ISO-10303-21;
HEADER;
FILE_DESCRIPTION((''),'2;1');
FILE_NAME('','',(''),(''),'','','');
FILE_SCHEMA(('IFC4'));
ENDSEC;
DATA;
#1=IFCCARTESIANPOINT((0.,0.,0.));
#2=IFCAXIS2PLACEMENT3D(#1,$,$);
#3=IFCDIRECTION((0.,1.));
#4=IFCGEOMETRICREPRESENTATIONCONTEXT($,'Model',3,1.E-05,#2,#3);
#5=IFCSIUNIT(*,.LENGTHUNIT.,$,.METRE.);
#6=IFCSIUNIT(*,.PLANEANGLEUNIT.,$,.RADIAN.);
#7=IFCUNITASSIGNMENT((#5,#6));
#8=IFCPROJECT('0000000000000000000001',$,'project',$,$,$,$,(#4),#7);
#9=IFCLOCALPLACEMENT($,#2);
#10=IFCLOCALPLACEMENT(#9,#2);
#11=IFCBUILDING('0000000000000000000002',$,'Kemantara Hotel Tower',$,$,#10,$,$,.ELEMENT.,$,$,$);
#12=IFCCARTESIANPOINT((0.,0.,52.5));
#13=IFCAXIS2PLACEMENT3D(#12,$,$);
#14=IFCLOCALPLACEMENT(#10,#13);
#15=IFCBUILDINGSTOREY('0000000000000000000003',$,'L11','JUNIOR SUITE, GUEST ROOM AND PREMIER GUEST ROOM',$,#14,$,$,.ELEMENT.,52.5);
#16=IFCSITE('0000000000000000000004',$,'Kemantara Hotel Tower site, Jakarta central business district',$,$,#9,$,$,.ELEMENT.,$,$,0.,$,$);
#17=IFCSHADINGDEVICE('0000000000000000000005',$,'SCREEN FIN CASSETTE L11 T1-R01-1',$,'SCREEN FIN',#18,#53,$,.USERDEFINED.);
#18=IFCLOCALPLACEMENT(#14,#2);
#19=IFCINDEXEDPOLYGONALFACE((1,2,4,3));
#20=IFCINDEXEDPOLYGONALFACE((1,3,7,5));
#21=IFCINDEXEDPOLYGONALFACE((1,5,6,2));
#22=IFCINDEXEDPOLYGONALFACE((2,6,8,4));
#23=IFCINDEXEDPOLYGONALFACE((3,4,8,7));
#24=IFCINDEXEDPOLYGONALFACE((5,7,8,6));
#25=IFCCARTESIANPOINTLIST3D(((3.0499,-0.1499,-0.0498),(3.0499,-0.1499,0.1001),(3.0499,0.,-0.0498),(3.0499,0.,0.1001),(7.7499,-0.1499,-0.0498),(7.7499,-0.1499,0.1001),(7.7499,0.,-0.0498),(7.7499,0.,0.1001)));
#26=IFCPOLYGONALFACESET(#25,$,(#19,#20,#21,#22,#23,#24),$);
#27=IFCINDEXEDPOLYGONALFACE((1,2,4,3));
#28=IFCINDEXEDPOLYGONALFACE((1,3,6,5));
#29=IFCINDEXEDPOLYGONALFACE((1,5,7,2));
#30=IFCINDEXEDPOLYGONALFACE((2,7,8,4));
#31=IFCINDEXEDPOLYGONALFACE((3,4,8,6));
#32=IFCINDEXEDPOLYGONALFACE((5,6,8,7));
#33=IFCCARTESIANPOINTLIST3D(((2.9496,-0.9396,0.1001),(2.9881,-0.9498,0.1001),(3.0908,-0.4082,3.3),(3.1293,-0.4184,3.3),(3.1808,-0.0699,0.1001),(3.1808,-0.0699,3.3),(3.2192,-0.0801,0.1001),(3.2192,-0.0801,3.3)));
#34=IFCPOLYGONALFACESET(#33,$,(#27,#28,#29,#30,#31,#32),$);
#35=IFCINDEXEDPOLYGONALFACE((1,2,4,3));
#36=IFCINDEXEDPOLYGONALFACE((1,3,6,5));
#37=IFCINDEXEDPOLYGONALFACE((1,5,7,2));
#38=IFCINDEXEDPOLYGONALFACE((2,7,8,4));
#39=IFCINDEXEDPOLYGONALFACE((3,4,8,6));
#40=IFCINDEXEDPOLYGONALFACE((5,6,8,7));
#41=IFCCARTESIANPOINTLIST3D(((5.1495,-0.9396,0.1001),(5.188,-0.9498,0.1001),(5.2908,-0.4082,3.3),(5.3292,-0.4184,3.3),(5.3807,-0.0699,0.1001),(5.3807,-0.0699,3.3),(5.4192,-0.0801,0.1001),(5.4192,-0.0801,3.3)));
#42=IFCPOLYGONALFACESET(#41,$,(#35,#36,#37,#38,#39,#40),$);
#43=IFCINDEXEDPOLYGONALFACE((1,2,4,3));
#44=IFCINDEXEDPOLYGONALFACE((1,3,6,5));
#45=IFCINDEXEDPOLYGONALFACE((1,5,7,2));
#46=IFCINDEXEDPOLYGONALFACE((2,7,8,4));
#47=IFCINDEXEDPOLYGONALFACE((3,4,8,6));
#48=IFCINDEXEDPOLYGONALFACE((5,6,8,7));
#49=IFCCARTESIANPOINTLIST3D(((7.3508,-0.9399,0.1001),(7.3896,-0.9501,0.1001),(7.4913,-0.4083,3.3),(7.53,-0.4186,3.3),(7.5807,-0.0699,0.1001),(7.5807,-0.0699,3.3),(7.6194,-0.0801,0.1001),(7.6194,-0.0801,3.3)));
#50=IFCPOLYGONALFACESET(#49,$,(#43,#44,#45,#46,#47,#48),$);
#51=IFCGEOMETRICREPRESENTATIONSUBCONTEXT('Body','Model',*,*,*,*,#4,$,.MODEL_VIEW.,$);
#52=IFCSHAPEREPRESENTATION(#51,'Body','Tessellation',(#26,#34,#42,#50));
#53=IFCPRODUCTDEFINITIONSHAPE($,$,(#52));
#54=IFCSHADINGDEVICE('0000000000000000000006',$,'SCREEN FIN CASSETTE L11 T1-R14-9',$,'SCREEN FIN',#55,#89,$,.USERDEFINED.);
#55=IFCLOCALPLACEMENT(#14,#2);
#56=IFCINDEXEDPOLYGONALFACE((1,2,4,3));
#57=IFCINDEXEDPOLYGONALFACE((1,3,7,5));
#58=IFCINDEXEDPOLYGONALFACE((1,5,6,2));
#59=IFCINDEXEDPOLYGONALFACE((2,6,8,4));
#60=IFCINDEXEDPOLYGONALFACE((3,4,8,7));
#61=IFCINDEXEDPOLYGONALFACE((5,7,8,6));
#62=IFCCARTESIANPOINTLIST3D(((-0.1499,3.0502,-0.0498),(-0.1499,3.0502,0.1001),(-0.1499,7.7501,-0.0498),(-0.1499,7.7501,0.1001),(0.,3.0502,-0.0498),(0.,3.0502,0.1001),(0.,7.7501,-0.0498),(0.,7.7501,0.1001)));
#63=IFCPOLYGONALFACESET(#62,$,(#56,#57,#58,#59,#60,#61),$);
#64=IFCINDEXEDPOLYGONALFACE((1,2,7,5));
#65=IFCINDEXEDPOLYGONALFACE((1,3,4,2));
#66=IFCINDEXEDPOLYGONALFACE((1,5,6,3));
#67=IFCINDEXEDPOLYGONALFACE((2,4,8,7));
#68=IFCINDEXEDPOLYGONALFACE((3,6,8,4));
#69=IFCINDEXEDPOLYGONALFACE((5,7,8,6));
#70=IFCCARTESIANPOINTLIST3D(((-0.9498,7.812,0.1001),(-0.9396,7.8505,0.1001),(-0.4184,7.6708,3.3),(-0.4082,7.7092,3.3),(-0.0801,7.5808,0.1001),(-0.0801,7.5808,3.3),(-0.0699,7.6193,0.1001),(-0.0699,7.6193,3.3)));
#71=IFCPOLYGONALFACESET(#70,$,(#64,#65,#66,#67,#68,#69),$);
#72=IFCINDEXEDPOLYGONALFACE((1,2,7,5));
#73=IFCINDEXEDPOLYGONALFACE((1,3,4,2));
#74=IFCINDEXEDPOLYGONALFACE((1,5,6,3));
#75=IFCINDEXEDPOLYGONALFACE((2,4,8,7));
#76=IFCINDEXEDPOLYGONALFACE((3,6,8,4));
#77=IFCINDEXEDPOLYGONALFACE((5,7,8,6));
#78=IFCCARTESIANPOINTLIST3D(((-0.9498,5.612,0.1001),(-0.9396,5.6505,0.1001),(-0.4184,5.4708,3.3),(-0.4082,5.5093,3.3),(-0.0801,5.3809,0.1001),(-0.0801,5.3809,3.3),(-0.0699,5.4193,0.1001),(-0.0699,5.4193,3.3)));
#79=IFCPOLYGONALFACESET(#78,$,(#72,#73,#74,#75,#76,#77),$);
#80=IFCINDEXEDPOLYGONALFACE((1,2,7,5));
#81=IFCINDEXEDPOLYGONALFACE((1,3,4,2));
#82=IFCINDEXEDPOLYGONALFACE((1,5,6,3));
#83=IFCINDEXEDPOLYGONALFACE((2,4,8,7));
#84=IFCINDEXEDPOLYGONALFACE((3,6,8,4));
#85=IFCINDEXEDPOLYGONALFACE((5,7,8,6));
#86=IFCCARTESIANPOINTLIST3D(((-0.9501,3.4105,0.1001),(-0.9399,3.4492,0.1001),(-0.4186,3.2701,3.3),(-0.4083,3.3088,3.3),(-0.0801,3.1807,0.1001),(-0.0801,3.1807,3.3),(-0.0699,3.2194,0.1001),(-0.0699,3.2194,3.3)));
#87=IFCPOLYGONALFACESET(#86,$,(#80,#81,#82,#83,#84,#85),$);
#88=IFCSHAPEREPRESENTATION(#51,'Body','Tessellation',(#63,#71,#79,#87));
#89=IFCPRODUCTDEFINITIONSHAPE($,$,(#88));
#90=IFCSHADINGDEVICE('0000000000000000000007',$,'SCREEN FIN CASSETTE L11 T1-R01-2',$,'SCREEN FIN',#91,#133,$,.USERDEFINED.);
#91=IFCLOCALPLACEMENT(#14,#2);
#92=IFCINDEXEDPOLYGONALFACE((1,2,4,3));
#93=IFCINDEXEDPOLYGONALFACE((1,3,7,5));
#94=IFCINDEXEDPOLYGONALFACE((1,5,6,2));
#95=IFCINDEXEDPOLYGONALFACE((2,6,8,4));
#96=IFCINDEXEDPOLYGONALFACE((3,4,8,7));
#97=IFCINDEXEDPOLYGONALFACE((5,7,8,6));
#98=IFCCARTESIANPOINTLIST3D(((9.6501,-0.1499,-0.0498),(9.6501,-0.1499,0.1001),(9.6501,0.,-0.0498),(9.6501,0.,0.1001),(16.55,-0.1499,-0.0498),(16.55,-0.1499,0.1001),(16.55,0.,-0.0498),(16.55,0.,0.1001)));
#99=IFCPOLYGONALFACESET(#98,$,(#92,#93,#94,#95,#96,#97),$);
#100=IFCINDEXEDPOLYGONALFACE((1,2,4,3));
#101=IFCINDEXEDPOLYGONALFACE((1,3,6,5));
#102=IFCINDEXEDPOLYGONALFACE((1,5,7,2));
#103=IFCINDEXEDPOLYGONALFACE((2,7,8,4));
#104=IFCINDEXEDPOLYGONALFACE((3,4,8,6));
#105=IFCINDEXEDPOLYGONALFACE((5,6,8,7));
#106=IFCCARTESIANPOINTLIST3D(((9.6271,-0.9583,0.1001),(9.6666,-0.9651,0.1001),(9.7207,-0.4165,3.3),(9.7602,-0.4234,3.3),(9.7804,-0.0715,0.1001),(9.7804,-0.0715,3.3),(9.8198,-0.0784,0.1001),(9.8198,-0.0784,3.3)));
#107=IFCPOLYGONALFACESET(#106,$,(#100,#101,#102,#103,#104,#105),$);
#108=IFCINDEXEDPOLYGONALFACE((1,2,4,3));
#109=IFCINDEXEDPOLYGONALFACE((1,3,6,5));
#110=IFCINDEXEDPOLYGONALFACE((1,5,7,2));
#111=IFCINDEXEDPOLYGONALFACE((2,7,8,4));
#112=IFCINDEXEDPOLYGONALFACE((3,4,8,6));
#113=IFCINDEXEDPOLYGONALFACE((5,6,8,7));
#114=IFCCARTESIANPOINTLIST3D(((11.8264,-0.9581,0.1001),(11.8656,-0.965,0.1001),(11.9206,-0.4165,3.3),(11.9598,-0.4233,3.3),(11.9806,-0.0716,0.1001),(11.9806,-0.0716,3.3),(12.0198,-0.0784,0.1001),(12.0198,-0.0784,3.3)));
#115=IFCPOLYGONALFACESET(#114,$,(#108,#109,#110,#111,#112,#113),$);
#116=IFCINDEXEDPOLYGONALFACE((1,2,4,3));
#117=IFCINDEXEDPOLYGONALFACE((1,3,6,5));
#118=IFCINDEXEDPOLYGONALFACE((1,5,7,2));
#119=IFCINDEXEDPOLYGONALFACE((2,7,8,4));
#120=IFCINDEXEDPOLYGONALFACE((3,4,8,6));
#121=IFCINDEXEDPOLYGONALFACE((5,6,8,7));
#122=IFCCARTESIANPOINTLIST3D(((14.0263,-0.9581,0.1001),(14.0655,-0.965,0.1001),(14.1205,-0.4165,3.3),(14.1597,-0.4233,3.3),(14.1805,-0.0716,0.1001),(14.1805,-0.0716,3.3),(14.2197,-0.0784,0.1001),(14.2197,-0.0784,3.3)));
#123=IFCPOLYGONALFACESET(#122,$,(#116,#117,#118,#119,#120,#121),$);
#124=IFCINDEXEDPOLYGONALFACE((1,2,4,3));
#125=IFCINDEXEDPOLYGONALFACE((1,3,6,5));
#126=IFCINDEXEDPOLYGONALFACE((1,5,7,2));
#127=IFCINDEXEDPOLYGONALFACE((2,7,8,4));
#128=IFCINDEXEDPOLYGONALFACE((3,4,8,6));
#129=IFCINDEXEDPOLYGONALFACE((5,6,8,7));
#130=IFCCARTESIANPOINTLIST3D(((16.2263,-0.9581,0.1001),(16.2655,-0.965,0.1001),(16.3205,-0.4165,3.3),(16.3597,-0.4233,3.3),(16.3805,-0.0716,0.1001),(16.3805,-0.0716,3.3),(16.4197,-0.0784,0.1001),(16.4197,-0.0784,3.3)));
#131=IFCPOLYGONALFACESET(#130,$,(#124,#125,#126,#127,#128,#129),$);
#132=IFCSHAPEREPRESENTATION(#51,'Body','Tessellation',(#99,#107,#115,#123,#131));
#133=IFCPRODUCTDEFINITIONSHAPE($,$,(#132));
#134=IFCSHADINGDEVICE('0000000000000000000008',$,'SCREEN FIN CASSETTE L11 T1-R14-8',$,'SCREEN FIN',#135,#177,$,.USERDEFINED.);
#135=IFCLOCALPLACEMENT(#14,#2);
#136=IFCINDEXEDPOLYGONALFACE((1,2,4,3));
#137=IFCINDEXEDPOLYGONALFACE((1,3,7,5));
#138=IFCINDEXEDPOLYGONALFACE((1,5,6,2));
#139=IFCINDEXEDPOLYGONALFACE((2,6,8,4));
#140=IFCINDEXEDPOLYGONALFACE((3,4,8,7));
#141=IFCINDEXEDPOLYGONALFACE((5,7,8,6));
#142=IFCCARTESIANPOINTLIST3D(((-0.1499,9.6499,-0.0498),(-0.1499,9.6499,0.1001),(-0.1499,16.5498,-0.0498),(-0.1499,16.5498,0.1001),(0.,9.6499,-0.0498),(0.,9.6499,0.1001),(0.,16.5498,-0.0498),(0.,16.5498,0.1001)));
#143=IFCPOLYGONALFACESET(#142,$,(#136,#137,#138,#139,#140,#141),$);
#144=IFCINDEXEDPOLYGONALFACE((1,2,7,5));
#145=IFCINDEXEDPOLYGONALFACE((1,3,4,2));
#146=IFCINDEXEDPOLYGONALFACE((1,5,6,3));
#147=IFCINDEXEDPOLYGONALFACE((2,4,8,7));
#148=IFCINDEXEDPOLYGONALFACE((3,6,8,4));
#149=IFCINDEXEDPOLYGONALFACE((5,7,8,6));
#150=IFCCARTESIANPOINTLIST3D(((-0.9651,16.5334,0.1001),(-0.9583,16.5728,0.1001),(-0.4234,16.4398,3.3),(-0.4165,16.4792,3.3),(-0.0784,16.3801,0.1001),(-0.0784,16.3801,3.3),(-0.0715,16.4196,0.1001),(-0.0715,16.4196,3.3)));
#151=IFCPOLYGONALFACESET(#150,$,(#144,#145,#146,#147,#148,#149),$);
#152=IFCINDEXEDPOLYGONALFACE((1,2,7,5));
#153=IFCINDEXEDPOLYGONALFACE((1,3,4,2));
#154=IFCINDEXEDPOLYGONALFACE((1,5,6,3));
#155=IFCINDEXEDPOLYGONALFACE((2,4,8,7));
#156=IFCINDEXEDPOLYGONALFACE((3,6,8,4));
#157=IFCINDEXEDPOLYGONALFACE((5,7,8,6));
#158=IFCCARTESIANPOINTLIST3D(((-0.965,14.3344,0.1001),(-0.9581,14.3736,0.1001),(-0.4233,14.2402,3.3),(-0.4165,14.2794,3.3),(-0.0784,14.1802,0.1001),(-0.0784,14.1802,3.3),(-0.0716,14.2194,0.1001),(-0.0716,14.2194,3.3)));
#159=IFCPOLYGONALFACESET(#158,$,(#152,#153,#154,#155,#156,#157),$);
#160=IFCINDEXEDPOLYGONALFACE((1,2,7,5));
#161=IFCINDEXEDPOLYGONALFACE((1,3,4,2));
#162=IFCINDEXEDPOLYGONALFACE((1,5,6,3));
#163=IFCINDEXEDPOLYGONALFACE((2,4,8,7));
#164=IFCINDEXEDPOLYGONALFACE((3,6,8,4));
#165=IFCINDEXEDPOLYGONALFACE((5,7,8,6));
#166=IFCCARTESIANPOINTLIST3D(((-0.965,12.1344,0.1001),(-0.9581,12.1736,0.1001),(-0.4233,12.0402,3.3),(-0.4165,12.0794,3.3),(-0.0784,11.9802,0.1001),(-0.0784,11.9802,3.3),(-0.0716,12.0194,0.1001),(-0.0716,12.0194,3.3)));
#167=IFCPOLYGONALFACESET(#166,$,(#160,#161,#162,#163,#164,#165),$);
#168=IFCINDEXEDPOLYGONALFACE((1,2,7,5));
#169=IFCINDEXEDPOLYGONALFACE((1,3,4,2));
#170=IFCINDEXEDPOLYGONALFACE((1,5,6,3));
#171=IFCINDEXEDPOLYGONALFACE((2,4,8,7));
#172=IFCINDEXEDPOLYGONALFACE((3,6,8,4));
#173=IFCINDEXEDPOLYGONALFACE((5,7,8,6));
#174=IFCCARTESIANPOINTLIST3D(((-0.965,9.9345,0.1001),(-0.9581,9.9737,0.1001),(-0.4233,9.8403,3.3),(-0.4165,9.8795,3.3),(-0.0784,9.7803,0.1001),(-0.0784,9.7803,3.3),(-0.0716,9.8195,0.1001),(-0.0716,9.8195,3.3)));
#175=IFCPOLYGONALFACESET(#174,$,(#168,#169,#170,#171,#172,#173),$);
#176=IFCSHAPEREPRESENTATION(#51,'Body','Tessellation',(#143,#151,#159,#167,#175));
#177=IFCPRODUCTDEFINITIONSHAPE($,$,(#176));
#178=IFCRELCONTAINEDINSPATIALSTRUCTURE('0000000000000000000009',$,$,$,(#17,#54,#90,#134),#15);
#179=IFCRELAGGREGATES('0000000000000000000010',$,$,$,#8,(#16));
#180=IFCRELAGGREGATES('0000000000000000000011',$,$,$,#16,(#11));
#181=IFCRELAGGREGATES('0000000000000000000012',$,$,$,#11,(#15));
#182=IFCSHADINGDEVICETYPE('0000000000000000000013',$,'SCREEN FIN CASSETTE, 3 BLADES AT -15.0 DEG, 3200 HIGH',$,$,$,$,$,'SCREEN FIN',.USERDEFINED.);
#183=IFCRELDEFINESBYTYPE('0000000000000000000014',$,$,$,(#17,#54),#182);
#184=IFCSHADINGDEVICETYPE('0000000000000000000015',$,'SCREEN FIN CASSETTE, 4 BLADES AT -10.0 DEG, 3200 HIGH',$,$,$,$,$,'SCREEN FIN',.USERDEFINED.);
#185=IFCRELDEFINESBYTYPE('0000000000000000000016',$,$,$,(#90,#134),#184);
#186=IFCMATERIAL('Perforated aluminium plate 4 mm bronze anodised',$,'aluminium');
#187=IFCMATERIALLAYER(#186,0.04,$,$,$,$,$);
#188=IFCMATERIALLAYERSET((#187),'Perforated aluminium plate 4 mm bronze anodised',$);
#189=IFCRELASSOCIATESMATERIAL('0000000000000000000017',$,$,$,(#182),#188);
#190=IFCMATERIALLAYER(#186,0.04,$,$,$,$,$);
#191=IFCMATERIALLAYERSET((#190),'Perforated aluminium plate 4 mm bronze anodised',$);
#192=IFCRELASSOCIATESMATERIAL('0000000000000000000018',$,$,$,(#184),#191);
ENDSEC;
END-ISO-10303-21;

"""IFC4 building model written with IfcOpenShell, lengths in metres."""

from ifc_helpers import new_model, si_unit, direction, frame, origin, origin_2d, place, context, subcontext, project, spatial, polyline, rectangle, outline, extrude, source, transform, mapped, material, layer, layer_set, type_object, element, save


model = new_model("IFC4")

# Units and contexts
model_context = context("Model", 3, precision=1e-05, world=origin(), true_north=direction((0.0, 1.0)))
body_context = subcontext(model_context, "Body", "Model", "MODEL_VIEW")
ifc_project = project(units=[si_unit("LENGTHUNIT", "METRE"), si_unit("PLANEANGLEUNIT", "RADIAN")], contexts=[model_context])

# Site, building, storey
site_placement = place(None, origin())
site = spatial("IfcSite", under=ifc_project, at=site_placement, Name="Kemantara Hotel Tower site, Jakarta central business district", CompositionType="ELEMENT", RefElevation=0.0)
building_placement = place(site_placement, origin())
building = spatial("IfcBuilding", under=site, at=building_placement, Name="Kemantara Hotel Tower", CompositionType="ELEMENT")
storey_placement = place(building_placement, frame((0.0, 0.0, 52.5)))
storey = spatial("IfcBuildingStorey", under=building, at=storey_placement, Name="L11", Description="JUNIOR SUITE, GUEST ROOM AND PREMIER GUEST ROOM", CompositionType="ELEMENT", Elevation=52.5)

# Shading devices
ifc_material_1 = material(Name="Perforated aluminium plate 4 mm bronze anodised", Category="aluminium")
ifc_layer_1 = layer(ifc_material_1, 0.04)
ifc_layer_set_1 = layer_set([ifc_layer_1], Name="Perforated aluminium plate 4 mm bronze anodised")
shading_device_type_1 = type_object("IfcShadingDeviceType", Name="SCREEN FIN CASSETTE, 3 BLADES AT -15.0 DEG, 3200 HIGH", ElementType="SCREEN FIN", PredefinedType="USERDEFINED", material=ifc_layer_set_1)
shared_shape_1 = source(origin(), body_context, "Body", "SweptSolid", [
    extrude(rectangle(XDim=4.7, YDim=0.1499, at=origin_2d()), frame((2.2, -0.075, -0.1499), z_axis=(0.0, 0.0, 1.0), x_axis=(1.0, 0.0, 0.0)), (0.0, 0.0, 1.0), 0.1499),
    extrude(outline(polyline([(0.0, 0.0), (0.8999, 0.0), (0.3501, 3.2), (0.0, 3.2), (0.0, 0.0)])), frame((0.0193, -0.0801, 0.0), z_axis=(-0.966438, 0.256901, 0.0), x_axis=(-0.256901, -0.966438, 0.0)), (0.0, 0.0, 1.0), 0.0398),
    extrude(outline(polyline([(0.0, 0.0), (0.8999, 0.0), (0.3501, 3.2), (0.0, 3.2), (0.0, 0.0)])), frame((2.2192, -0.0801, 0.0), z_axis=(-0.966438, 0.256901, 0.0), x_axis=(-0.256901, -0.966438, 0.0)), (0.0, 0.0, 1.0), 0.0398),
    extrude(outline(polyline([(0.0, 0.0), (0.8999, 0.0), (0.3501, 3.2), (0.0, 3.2), (0.0, 0.0)])), frame((4.4194, -0.0801, 0.0), z_axis=(-0.966838, 0.255391, 0.0), x_axis=(-0.255391, -0.966838, 0.0)), (0.0, 0.0, 1.0), 0.04),
])
for number, where, z_axis, x_axis, name in (
    (1, (3.2, 0.0, 0.1001), (0.0, 0.0, 1.0), (1.0, 0.0, 0.0), "SCREEN FIN CASSETTE L11 T1-R01-1"),
    (2, (0.0, 7.6001, 0.1001), (0.0, 0.0, 1.0), (0.0, -1.0, 0.0), "SCREEN FIN CASSETTE L11 T1-R14-9"),
):
    element("IfcShadingDevice", number, at=place(storey_placement, frame(where, z_axis=z_axis, x_axis=x_axis)), inside=storey, type_object=shading_device_type_1, Name=name, ObjectType="SCREEN FIN", PredefinedType="USERDEFINED", context=body_context, shape_type="MappedRepresentation", body=[
        mapped(shared_shape_1, transform((0.0, 0.0, 0.0))),
    ])
ifc_layer_2 = layer(ifc_material_1, 0.04)
ifc_layer_set_2 = layer_set([ifc_layer_2], Name="Perforated aluminium plate 4 mm bronze anodised")
shading_device_type_2 = type_object("IfcShadingDeviceType", Name="SCREEN FIN CASSETTE, 4 BLADES AT -10.0 DEG, 3200 HIGH", ElementType="SCREEN FIN", PredefinedType="USERDEFINED", material=ifc_layer_set_2)
shared_shape_2 = source(origin(), body_context, "Body", "SweptSolid", [
    extrude(rectangle(XDim=6.8999, YDim=0.1499, at=origin_2d()), frame((3.3, -0.075, -0.1499), z_axis=(0.0, 0.0, 1.0), x_axis=(1.0, 0.0, 0.0)), (0.0, 0.0, 1.0), 0.1499),
    extrude(outline(polyline([(0.0, 0.0), (0.8999, 0.0), (0.3501, 3.2), (0.0, 3.2), (0.0, 0.0)])), frame((0.0198, -0.0784, 0.0), z_axis=(-0.98539, 0.170314, 0.0), x_axis=(-0.170314, -0.98539, 0.0)), (0.0, 0.0, 1.0), 0.04),
    extrude(outline(polyline([(0.0, 0.0), (0.8999, 0.0), (0.3501, 3.2), (0.0, 3.2), (0.0, 0.0)])), frame((2.2197, -0.0784, 0.0), z_axis=(-0.985212, 0.171341, 0.0), x_axis=(-0.171341, -0.985212, 0.0)), (0.0, 0.0, 1.0), 0.0398),
    extrude(outline(polyline([(0.0, 0.0), (0.8999, 0.0), (0.3501, 3.2), (0.0, 3.2), (0.0, 0.0)])), frame((4.4197, -0.0784, 0.0), z_axis=(-0.985212, 0.171341, 0.0), x_axis=(-0.171341, -0.985212, 0.0)), (0.0, 0.0, 1.0), 0.0398),
    extrude(outline(polyline([(0.0, 0.0), (0.8999, 0.0), (0.3501, 3.2), (0.0, 3.2), (0.0, 0.0)])), frame((6.6196, -0.0784, 0.0), z_axis=(-0.985212, 0.171341, 0.0), x_axis=(-0.171341, -0.985212, 0.0)), (0.0, 0.0, 1.0), 0.0398),
])
for number, where, z_axis, x_axis, name in (
    (3, (9.8, 0.0, 0.1001), (0.0, 0.0, 1.0), (1.0, 0.0, 0.0), "SCREEN FIN CASSETTE L11 T1-R01-2"),
    (4, (0.0, 16.3999, 0.1001), (0.0, 0.0, 1.0), (0.0, -1.0, 0.0), "SCREEN FIN CASSETTE L11 T1-R14-8"),
):
    element("IfcShadingDevice", number, at=place(storey_placement, frame(where, z_axis=z_axis, x_axis=x_axis)), inside=storey, type_object=shading_device_type_2, Name=name, ObjectType="SCREEN FIN", PredefinedType="USERDEFINED", context=body_context, shape_type="MappedRepresentation", body=[
        mapped(shared_shape_2, transform((0.0, 0.0, 0.0))),
    ])

save(model, "model.ifc")
